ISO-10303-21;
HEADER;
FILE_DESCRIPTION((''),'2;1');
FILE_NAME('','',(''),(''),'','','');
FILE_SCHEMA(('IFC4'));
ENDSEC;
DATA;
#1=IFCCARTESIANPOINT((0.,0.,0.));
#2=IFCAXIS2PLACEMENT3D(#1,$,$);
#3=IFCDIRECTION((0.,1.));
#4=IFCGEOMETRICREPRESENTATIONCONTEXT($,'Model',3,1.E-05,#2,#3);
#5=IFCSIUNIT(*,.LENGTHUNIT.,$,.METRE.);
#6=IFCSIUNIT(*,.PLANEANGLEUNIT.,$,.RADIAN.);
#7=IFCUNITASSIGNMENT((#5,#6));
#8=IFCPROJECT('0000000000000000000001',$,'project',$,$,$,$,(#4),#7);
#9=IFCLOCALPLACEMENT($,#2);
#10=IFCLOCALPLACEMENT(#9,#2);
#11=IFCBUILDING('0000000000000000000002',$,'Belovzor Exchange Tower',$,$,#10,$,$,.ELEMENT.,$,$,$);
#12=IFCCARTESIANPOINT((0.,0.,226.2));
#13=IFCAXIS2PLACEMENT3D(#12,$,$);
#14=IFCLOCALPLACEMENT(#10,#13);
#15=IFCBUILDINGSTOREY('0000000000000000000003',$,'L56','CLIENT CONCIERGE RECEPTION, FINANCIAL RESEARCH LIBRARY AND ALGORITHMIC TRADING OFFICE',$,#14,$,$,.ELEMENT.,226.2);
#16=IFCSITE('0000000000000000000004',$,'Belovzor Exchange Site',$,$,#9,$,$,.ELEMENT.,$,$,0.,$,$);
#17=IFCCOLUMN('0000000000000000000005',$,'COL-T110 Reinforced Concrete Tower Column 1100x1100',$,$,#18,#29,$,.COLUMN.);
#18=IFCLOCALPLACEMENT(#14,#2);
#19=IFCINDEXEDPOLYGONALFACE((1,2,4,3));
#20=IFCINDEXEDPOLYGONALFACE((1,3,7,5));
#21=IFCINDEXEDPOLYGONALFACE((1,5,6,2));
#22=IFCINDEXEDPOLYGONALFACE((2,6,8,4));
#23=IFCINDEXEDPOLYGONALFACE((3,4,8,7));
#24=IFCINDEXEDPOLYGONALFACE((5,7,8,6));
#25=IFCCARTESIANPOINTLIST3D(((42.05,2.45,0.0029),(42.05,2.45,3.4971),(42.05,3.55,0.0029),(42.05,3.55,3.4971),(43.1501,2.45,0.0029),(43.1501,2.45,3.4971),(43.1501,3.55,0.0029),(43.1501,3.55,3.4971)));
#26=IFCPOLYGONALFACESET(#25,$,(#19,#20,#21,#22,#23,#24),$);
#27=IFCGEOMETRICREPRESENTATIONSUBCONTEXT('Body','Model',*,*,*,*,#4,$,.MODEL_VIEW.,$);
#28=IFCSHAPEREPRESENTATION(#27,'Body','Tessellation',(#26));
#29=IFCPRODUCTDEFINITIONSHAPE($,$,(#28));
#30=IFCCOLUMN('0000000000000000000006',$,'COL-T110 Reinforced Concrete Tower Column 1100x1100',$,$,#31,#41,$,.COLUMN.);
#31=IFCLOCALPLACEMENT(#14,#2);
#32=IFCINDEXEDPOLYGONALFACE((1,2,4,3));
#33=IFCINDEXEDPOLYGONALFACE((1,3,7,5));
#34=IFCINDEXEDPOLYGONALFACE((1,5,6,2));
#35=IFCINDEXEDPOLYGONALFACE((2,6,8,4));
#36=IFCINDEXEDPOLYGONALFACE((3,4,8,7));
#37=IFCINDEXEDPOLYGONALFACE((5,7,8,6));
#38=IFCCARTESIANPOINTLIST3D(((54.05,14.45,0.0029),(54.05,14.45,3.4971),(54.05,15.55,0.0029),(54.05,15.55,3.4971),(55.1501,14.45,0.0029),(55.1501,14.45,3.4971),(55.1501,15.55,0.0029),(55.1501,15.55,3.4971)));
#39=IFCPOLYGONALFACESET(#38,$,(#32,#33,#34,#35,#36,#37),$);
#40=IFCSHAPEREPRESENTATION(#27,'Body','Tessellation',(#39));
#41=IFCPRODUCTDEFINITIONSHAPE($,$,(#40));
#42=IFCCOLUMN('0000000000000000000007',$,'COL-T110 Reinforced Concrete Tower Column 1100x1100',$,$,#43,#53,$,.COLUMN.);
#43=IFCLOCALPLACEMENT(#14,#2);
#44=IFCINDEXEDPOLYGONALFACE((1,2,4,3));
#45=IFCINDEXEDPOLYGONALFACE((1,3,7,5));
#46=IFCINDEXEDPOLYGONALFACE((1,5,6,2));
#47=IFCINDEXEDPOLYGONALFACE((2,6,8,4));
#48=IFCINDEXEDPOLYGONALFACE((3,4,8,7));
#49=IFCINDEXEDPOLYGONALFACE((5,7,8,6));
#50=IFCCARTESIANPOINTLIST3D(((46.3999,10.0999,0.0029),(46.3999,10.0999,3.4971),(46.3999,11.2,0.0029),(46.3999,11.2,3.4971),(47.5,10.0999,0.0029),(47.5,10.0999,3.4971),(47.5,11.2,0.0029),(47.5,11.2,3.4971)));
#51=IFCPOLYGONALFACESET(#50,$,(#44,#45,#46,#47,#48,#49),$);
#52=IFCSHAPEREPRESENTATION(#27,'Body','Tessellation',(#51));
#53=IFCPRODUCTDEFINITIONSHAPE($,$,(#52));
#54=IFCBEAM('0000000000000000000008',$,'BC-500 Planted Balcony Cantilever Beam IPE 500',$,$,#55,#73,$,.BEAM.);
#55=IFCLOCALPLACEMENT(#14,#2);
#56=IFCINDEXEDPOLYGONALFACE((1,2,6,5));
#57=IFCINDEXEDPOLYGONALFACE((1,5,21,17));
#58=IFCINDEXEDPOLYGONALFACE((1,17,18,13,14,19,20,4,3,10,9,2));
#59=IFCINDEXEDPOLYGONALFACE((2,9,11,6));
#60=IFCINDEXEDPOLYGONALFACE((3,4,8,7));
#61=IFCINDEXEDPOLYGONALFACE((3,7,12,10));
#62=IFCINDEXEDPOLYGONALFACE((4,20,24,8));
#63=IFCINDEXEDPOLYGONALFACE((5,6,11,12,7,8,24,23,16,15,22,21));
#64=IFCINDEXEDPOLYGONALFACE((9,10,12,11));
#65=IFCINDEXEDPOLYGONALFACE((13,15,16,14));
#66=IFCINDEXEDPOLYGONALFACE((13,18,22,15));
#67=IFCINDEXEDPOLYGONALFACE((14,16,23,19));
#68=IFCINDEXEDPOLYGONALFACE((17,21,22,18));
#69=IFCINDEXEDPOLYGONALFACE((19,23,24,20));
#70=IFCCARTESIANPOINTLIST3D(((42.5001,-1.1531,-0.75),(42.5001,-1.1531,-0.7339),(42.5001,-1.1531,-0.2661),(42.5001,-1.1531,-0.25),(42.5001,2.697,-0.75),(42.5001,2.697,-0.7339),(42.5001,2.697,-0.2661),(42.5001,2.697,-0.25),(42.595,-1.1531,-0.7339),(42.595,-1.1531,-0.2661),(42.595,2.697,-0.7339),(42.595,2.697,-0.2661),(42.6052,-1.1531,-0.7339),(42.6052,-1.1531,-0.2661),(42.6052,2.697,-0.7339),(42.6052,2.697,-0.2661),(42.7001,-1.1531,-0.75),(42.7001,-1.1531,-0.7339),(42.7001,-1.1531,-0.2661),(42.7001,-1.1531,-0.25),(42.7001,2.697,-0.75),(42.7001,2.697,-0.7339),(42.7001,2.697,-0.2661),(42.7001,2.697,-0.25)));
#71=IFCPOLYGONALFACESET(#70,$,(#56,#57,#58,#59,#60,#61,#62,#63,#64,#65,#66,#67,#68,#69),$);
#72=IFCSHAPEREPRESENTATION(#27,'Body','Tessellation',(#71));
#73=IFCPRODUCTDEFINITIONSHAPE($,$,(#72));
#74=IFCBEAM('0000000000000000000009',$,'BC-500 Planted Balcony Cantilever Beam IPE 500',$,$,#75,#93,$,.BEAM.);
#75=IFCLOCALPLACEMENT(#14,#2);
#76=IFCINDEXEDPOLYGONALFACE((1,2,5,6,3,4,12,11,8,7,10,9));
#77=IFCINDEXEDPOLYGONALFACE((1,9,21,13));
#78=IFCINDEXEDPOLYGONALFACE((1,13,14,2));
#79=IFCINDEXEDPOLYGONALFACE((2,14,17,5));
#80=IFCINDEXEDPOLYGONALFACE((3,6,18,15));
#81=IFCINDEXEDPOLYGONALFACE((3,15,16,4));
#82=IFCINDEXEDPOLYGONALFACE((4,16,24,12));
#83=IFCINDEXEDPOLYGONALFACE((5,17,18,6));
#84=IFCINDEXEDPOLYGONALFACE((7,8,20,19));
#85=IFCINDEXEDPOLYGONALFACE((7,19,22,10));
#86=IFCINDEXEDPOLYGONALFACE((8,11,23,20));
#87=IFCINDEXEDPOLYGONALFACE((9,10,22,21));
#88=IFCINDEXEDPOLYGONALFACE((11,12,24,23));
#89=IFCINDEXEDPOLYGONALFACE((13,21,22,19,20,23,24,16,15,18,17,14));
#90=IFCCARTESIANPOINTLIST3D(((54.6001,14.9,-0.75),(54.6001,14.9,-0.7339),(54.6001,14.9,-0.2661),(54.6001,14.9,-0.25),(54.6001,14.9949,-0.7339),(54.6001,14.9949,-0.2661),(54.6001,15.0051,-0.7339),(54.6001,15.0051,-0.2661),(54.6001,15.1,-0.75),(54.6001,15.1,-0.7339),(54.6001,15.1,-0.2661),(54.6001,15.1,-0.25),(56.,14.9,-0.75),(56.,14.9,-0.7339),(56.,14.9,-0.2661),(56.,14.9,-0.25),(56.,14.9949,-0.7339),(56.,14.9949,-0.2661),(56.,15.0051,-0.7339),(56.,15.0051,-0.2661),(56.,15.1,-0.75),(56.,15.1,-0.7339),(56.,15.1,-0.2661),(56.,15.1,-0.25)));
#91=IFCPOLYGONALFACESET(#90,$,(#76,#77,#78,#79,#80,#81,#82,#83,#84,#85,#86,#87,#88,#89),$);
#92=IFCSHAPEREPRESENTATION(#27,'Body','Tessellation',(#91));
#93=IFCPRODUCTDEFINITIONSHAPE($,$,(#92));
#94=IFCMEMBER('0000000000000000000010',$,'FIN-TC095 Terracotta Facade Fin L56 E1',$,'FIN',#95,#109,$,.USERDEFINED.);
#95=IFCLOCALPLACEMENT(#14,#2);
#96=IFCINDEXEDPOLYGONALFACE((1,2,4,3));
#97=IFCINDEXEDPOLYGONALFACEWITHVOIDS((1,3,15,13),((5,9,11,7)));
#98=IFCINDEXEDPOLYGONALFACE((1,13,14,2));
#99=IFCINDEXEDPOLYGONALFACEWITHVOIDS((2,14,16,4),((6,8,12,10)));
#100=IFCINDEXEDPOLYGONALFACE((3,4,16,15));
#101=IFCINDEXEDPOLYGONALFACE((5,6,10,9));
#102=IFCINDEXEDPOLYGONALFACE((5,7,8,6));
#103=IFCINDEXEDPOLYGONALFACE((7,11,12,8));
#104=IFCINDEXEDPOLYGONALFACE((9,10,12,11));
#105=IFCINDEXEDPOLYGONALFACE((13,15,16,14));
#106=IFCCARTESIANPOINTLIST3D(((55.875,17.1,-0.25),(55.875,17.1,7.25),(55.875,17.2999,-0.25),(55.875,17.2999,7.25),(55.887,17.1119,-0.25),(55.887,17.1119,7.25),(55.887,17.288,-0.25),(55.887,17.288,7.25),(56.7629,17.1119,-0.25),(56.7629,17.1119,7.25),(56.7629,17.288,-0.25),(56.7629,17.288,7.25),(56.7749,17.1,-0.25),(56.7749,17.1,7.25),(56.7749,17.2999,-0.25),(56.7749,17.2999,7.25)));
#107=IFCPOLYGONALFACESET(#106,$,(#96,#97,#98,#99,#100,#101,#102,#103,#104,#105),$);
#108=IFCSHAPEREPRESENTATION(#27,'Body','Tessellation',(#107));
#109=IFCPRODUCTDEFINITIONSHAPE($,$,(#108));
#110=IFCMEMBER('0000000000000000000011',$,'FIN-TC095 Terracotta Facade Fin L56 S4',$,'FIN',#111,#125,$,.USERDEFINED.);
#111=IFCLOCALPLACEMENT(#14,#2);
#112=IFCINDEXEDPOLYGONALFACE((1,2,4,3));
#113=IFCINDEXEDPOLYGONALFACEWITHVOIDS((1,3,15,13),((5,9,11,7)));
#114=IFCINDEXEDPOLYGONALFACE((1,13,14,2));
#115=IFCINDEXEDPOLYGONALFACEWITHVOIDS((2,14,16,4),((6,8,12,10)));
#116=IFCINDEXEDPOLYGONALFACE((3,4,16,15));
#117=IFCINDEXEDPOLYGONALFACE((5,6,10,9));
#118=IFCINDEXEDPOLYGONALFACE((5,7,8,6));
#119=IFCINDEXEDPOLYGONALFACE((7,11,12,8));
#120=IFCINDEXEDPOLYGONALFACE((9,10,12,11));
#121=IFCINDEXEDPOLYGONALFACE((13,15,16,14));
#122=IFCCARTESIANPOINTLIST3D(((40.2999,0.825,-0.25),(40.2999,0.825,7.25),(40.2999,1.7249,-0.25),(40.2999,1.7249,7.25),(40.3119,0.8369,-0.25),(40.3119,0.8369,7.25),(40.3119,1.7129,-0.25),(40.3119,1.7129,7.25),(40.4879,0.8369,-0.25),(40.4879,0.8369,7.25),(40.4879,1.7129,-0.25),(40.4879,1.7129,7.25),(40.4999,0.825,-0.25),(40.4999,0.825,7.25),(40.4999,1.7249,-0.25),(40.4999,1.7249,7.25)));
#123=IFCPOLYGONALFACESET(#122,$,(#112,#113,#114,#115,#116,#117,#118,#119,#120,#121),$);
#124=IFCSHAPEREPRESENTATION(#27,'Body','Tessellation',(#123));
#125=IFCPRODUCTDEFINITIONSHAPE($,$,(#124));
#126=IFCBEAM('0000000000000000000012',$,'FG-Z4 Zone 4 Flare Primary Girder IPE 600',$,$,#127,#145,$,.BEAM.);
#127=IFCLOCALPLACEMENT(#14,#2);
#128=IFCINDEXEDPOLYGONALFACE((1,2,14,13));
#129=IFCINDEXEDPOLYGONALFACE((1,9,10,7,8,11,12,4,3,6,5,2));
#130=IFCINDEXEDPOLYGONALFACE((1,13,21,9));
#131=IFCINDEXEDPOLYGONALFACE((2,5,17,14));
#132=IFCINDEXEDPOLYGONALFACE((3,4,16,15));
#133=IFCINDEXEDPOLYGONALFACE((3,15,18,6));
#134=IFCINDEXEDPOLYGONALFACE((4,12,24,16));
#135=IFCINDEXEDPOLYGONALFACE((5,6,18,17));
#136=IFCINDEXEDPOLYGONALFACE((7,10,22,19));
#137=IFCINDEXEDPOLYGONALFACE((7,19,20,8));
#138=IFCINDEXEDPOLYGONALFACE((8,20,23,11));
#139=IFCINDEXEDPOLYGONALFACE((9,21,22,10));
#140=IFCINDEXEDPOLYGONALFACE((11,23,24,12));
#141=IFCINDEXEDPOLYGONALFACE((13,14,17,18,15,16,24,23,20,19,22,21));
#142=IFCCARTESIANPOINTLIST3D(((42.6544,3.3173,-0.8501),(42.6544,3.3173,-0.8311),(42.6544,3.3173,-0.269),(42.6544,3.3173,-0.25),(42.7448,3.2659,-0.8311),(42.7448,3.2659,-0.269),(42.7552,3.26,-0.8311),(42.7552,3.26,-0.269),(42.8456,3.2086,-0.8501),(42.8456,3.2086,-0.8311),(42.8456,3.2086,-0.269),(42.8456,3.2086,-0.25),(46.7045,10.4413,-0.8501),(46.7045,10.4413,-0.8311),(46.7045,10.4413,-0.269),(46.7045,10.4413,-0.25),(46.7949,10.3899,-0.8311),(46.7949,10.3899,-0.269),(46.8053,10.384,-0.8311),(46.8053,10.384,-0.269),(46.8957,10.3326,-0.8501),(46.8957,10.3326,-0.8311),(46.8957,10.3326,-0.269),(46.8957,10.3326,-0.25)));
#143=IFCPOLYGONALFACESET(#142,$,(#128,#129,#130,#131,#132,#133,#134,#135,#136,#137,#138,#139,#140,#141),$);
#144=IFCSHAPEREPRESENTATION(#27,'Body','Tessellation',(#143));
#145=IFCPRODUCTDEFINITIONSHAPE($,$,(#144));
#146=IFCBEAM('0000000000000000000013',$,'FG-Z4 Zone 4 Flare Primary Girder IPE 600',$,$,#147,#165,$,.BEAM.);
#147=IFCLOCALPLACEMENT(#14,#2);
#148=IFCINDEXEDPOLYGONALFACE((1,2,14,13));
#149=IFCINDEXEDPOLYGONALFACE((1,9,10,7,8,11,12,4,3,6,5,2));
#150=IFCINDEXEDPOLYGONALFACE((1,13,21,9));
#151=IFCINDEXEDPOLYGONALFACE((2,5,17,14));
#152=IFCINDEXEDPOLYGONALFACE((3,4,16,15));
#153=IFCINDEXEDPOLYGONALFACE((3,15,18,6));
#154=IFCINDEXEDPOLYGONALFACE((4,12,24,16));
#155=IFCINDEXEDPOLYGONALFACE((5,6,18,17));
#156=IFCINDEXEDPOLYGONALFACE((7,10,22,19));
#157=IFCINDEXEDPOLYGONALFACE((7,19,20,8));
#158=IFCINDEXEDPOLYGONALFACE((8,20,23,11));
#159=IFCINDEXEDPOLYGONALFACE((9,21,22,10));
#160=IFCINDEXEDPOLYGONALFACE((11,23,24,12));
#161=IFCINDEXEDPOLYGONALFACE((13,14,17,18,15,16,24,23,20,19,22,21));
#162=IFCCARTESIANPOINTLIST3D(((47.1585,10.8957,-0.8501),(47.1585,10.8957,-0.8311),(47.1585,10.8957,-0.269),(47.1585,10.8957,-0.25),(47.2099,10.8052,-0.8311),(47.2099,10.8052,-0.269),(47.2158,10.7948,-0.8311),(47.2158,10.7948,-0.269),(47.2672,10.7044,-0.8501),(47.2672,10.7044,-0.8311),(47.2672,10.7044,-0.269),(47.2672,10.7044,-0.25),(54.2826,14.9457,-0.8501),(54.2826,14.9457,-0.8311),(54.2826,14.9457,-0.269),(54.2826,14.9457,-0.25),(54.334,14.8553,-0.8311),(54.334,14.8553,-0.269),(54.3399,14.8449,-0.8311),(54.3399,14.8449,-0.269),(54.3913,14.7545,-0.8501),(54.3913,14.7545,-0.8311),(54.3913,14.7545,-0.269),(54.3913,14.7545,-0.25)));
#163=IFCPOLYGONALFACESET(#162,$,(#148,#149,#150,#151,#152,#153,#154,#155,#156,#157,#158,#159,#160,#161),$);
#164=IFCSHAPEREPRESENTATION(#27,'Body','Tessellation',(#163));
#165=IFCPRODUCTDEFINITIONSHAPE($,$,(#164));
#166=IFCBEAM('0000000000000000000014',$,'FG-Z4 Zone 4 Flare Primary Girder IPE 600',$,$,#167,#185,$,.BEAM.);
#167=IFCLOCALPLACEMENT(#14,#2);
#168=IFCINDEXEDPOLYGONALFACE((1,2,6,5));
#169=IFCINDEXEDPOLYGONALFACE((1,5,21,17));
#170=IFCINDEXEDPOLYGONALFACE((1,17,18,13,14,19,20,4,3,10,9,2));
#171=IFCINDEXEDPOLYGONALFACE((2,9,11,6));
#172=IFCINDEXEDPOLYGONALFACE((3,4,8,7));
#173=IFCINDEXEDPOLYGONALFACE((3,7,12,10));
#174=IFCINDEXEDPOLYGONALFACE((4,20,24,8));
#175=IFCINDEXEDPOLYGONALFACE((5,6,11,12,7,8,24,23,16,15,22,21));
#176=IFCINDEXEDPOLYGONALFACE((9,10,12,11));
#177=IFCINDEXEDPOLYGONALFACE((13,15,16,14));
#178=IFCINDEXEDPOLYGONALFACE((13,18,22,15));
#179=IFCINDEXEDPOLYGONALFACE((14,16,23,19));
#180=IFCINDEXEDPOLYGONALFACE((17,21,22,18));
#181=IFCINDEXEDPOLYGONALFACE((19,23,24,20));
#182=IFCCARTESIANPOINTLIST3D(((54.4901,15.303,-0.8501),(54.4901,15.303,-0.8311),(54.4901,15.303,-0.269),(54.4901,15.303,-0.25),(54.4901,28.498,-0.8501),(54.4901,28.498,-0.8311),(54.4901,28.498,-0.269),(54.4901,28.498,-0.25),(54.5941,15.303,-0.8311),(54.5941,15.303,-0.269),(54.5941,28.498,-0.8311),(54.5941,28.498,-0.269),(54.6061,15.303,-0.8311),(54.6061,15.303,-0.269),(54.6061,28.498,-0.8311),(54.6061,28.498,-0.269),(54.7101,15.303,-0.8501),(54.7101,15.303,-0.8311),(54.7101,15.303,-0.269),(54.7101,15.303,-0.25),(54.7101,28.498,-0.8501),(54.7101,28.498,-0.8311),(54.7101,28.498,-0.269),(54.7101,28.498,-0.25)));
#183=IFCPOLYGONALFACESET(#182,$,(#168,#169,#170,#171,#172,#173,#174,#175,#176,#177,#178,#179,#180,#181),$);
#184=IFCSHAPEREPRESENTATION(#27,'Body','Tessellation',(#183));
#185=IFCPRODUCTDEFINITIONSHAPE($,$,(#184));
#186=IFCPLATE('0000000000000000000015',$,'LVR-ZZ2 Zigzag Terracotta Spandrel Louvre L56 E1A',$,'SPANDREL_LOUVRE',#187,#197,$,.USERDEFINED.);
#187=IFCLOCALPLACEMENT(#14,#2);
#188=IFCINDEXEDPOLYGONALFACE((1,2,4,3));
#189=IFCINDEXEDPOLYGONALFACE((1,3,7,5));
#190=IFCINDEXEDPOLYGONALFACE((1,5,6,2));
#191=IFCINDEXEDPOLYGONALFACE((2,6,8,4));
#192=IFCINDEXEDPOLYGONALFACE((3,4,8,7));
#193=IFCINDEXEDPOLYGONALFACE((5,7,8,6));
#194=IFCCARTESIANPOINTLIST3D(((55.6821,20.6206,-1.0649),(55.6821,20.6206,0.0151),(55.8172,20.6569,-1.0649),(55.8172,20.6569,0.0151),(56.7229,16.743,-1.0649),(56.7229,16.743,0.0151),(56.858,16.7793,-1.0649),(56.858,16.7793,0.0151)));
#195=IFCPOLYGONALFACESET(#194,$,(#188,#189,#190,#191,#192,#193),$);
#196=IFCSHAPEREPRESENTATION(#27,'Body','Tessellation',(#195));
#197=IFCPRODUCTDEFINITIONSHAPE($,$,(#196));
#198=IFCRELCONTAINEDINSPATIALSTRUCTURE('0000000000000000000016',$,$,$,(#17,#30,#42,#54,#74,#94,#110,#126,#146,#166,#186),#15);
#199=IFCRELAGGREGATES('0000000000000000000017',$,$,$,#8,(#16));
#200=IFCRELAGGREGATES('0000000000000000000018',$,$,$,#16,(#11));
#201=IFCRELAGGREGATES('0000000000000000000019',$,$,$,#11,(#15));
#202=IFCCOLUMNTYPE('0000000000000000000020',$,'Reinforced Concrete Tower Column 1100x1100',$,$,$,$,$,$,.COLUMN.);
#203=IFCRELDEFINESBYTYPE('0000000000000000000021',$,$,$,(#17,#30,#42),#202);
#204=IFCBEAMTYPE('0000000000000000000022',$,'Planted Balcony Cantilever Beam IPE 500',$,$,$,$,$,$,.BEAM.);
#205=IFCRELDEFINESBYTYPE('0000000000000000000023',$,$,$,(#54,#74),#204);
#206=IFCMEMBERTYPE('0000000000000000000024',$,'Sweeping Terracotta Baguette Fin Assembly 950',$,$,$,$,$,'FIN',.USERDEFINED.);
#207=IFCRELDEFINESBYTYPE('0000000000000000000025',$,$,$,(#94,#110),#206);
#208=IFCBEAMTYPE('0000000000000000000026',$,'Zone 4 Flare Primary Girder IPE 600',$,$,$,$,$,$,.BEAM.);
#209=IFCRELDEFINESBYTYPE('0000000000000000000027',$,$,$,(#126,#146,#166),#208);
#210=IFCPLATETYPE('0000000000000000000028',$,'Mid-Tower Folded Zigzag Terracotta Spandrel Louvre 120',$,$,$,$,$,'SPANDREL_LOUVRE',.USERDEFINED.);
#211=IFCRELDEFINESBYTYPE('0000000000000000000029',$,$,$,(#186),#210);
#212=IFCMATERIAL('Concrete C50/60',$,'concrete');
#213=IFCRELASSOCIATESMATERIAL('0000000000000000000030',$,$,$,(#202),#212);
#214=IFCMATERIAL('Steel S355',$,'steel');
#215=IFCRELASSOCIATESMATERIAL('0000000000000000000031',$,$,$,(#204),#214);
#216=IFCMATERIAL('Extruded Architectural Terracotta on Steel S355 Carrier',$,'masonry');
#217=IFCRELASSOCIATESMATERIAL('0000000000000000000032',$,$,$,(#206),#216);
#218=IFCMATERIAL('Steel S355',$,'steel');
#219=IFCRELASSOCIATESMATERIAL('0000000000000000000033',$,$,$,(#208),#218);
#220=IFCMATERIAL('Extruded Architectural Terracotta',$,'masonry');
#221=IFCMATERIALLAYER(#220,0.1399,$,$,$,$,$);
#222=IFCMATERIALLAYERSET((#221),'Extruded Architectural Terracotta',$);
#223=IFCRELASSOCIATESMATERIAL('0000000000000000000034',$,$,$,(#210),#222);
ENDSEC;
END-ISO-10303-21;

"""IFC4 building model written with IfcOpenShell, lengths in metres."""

from ifc_helpers import new_model, si_unit, direction, frame, origin, origin_2d, place, context, subcontext, project, spatial, rectangle, hollow_rectangle, i_section, extrude, material, layer, layer_set, material_profile, profile_set, type_object, element, save


model = new_model("IFC4")

# Units and contexts
model_context = context("Model", 3, precision=1e-05, world=origin(), true_north=direction((0.0, 1.0)))
body_context = subcontext(model_context, "Body", "Model", "MODEL_VIEW")
ifc_project = project(units=[si_unit("LENGTHUNIT", "METRE"), si_unit("PLANEANGLEUNIT", "RADIAN")], contexts=[model_context])

# Site, building, storey
site_placement = place(None, origin())
site = spatial("IfcSite", under=ifc_project, at=site_placement, Name="Belovzor Exchange Site", CompositionType="ELEMENT", RefElevation=0.0)
building_placement = place(site_placement, origin())
building = spatial("IfcBuilding", under=site, at=building_placement, Name="Belovzor Exchange Tower", CompositionType="ELEMENT")
storey_placement = place(building_placement, frame((0.0, 0.0, 226.2)))
storey = spatial("IfcBuildingStorey", under=building, at=storey_placement, Name="L56", Description="CLIENT CONCIERGE RECEPTION, FINANCIAL RESEARCH LIBRARY AND ALGORITHMIC TRADING OFFICE", CompositionType="ELEMENT", Elevation=226.2)

# Columns
ifc_material_1 = material(Name="Concrete C50/60", Category="concrete")
ifc_material_profile_1 = material_profile(ifc_material_1, rectangle(XDim=1.1001, YDim=1.1001, at=origin_2d()))
ifc_profile_set_1 = profile_set([ifc_material_profile_1], Name="Concrete C50/60")
column_type = type_object("IfcColumnType", Name="Reinforced Concrete Tower Column 1100x1100", PredefinedType="COLUMN", material=ifc_profile_set_1)
for number, where, z_axis, x_axis, name in (
    (1, (42.6001, 3.0, 0.0029), (0.0, 0.0, 1.0), (1.0, 0.0, 0.0), "COL-T110 Reinforced Concrete Tower Column 1100x1100"),
    (2, (54.6001, 15.0, 0.0029), (0.0, 0.0, 1.0), (1.0, 0.0, 0.0), "COL-T110 Reinforced Concrete Tower Column 1100x1100"),
    (3, (46.95, 10.6499, 0.0029), (0.0, 0.0, 1.0), (1.0, 0.0, 0.0), "COL-T110 Reinforced Concrete Tower Column 1100x1100"),
):
    element("IfcColumn", number, at=place(storey_placement, frame(where, z_axis=z_axis, x_axis=x_axis)), inside=storey, type_object=column_type, Name=name, PredefinedType="COLUMN", context=body_context, shape_type="SweptSolid", body=[
        extrude(rectangle(XDim=1.1001, YDim=1.1001, at=origin_2d()), origin(), (0.0, 0.0, 1.0), 3.4941),
    ])

# Beams
ifc_material_2 = material(Name="Steel S355", Category="steel")
ifc_material_profile_2 = material_profile(ifc_material_2, i_section(OverallWidth=0.2, OverallDepth=0.5, WebThickness=0.0103, FlangeThickness=0.0161, at=origin_2d()))
ifc_profile_set_2 = profile_set([ifc_material_profile_2], Name="Steel S355")
beam_type_1 = type_object("IfcBeamType", Name="Planted Balcony Cantilever Beam IPE 500", PredefinedType="BEAM", material=ifc_profile_set_2)
beam_1_placement = place(storey_placement, frame((42.6001, 2.697, -0.5), z_axis=(0.0, -1.0, 0.0), x_axis=(1.0, 0.0, 0.0)))
element("IfcBeam", 4, at=beam_1_placement, inside=storey, type_object=beam_type_1, Name="BC-500 Planted Balcony Cantilever Beam IPE 500", PredefinedType="BEAM", context=body_context, shape_type="SweptSolid", body=[
    extrude(i_section(OverallWidth=0.2, OverallDepth=0.5, WebThickness=0.0103, FlangeThickness=0.0161, at=origin_2d()), origin(), (0.0, 0.0, 1.0), 3.8501),
])
beam_2_placement = place(storey_placement, frame((54.6001, 15.0, -0.5), z_axis=(1.0, 0.0, 0.0), x_axis=(0.0, 1.0, 0.0)))
element("IfcBeam", 5, at=beam_2_placement, inside=storey, type_object=beam_type_1, Name="BC-500 Planted Balcony Cantilever Beam IPE 500", PredefinedType="BEAM", context=body_context, shape_type="SweptSolid", body=[
    extrude(i_section(OverallWidth=0.2, OverallDepth=0.5, WebThickness=0.0103, FlangeThickness=0.0161, at=origin_2d()), origin(), (0.0, 0.0, 1.0), 1.3999),
])

# Members
ifc_material_3 = material(Name="Extruded Architectural Terracotta on Steel S355 Carrier", Category="masonry")
ifc_material_profile_3 = material_profile(ifc_material_3, hollow_rectangle(XDim=0.2, YDim=0.8999, WallThickness=0.012, at=origin_2d()))
ifc_profile_set_3 = profile_set([ifc_material_profile_3], Name="Extruded Architectural Terracotta on Steel S355 Carrier")
member_type = type_object("IfcMemberType", Name="Sweeping Terracotta Baguette Fin Assembly 950", ElementType="FIN", PredefinedType="USERDEFINED", material=ifc_profile_set_3)
for number, where, z_axis, x_axis, name in (
    (6, (56.325, 17.2, -0.25), (0.0, 0.0, 1.0), (0.0, 1.0, 0.0), "FIN-TC095 Terracotta Facade Fin L56 E1"),
    (7, (40.3999, 1.2749, -0.25), (0.0, 0.0, 1.0), (1.0, 0.0, 0.0), "FIN-TC095 Terracotta Facade Fin L56 S4"),
):
    element("IfcMember", number, at=place(storey_placement, frame(where, z_axis=z_axis, x_axis=x_axis)), inside=storey, type_object=member_type, Name=name, ObjectType="FIN", PredefinedType="USERDEFINED", context=body_context, shape_type="SweptSolid", body=[
        extrude(hollow_rectangle(XDim=0.2, YDim=0.8999, WallThickness=0.012, at=origin_2d()), origin(), (0.0, 0.0, 1.0), 7.5),
    ])

# Beams
ifc_material_4 = material(Name="Steel S355", Category="steel")
ifc_material_profile_4 = material_profile(ifc_material_4, i_section(OverallWidth=0.22, OverallDepth=0.6001, WebThickness=0.012, FlangeThickness=0.019, at=origin_2d()))
ifc_profile_set_4 = profile_set([ifc_material_profile_4], Name="Steel S355")
beam_type_2 = type_object("IfcBeamType", Name="Zone 4 Flare Primary Girder IPE 600", PredefinedType="BEAM", material=ifc_profile_set_4)
for number, where, z_axis, x_axis, name in (
    (8, (42.75, 3.2629, -0.55), (0.494222, 0.869336, 0.0), (-0.869336, 0.494222, 0.0), "FG-Z4 Zone 4 Flare Primary Girder IPE 600"),
    (9, (47.2129, 10.8, -0.55), (0.869336, 0.494222, 0.0), (-0.494222, 0.869336, 0.0), "FG-Z4 Zone 4 Flare Primary Girder IPE 600"),
):
    element("IfcBeam", number, at=place(storey_placement, frame(where, z_axis=z_axis, x_axis=x_axis)), inside=storey, type_object=beam_type_2, Name=name, PredefinedType="BEAM", context=body_context, shape_type="SweptSolid", body=[
        extrude(i_section(OverallWidth=0.22, OverallDepth=0.6001, WebThickness=0.012, FlangeThickness=0.019, at=origin_2d()), origin(), (0.0, 0.0, 1.0), 8.1948),
    ])
beam_3_placement = place(storey_placement, frame((54.6001, 15.303, -0.55), z_axis=(0.0, 1.0, 0.0), x_axis=(-1.0, 0.0, 0.0)))
element("IfcBeam", 10, at=beam_3_placement, inside=storey, type_object=beam_type_2, Name="FG-Z4 Zone 4 Flare Primary Girder IPE 600", PredefinedType="BEAM", context=body_context, shape_type="SweptSolid", body=[
    extrude(i_section(OverallWidth=0.22, OverallDepth=0.6001, WebThickness=0.012, FlangeThickness=0.019, at=origin_2d()), origin(), (0.0, 0.0, 1.0), 13.1951),
])

# Plate
ifc_material_5 = material(Name="Extruded Architectural Terracotta", Category="masonry")
ifc_layer_1 = layer(ifc_material_5, 0.1399)
ifc_layer_set_1 = layer_set([ifc_layer_1], Name="Extruded Architectural Terracotta")
plate_type = type_object("IfcPlateType", Name="Mid-Tower Folded Zigzag Terracotta Spandrel Louvre 120", ElementType="SPANDREL_LOUVRE", PredefinedType="USERDEFINED", material=ifc_layer_set_1)
plate_placement = place(storey_placement, frame((56.27, 18.7, -1.0649), z_axis=(0.0, 0.0, 1.0), x_axis=(-0.25924, 0.965813, 0.0)))
element("IfcPlate", 11, at=plate_placement, inside=storey, type_object=plate_type, Name="LVR-ZZ2 Zigzag Terracotta Spandrel Louvre L56 E1A", ObjectType="SPANDREL_LOUVRE", PredefinedType="USERDEFINED", context=body_context, shape_type="SweptSolid", body=[
    extrude(rectangle(XDim=4.0149, YDim=0.1399, at=origin_2d()), origin(), (0.0, 0.0, 1.0), 1.0801),
])

save(model, "model.ifc")
